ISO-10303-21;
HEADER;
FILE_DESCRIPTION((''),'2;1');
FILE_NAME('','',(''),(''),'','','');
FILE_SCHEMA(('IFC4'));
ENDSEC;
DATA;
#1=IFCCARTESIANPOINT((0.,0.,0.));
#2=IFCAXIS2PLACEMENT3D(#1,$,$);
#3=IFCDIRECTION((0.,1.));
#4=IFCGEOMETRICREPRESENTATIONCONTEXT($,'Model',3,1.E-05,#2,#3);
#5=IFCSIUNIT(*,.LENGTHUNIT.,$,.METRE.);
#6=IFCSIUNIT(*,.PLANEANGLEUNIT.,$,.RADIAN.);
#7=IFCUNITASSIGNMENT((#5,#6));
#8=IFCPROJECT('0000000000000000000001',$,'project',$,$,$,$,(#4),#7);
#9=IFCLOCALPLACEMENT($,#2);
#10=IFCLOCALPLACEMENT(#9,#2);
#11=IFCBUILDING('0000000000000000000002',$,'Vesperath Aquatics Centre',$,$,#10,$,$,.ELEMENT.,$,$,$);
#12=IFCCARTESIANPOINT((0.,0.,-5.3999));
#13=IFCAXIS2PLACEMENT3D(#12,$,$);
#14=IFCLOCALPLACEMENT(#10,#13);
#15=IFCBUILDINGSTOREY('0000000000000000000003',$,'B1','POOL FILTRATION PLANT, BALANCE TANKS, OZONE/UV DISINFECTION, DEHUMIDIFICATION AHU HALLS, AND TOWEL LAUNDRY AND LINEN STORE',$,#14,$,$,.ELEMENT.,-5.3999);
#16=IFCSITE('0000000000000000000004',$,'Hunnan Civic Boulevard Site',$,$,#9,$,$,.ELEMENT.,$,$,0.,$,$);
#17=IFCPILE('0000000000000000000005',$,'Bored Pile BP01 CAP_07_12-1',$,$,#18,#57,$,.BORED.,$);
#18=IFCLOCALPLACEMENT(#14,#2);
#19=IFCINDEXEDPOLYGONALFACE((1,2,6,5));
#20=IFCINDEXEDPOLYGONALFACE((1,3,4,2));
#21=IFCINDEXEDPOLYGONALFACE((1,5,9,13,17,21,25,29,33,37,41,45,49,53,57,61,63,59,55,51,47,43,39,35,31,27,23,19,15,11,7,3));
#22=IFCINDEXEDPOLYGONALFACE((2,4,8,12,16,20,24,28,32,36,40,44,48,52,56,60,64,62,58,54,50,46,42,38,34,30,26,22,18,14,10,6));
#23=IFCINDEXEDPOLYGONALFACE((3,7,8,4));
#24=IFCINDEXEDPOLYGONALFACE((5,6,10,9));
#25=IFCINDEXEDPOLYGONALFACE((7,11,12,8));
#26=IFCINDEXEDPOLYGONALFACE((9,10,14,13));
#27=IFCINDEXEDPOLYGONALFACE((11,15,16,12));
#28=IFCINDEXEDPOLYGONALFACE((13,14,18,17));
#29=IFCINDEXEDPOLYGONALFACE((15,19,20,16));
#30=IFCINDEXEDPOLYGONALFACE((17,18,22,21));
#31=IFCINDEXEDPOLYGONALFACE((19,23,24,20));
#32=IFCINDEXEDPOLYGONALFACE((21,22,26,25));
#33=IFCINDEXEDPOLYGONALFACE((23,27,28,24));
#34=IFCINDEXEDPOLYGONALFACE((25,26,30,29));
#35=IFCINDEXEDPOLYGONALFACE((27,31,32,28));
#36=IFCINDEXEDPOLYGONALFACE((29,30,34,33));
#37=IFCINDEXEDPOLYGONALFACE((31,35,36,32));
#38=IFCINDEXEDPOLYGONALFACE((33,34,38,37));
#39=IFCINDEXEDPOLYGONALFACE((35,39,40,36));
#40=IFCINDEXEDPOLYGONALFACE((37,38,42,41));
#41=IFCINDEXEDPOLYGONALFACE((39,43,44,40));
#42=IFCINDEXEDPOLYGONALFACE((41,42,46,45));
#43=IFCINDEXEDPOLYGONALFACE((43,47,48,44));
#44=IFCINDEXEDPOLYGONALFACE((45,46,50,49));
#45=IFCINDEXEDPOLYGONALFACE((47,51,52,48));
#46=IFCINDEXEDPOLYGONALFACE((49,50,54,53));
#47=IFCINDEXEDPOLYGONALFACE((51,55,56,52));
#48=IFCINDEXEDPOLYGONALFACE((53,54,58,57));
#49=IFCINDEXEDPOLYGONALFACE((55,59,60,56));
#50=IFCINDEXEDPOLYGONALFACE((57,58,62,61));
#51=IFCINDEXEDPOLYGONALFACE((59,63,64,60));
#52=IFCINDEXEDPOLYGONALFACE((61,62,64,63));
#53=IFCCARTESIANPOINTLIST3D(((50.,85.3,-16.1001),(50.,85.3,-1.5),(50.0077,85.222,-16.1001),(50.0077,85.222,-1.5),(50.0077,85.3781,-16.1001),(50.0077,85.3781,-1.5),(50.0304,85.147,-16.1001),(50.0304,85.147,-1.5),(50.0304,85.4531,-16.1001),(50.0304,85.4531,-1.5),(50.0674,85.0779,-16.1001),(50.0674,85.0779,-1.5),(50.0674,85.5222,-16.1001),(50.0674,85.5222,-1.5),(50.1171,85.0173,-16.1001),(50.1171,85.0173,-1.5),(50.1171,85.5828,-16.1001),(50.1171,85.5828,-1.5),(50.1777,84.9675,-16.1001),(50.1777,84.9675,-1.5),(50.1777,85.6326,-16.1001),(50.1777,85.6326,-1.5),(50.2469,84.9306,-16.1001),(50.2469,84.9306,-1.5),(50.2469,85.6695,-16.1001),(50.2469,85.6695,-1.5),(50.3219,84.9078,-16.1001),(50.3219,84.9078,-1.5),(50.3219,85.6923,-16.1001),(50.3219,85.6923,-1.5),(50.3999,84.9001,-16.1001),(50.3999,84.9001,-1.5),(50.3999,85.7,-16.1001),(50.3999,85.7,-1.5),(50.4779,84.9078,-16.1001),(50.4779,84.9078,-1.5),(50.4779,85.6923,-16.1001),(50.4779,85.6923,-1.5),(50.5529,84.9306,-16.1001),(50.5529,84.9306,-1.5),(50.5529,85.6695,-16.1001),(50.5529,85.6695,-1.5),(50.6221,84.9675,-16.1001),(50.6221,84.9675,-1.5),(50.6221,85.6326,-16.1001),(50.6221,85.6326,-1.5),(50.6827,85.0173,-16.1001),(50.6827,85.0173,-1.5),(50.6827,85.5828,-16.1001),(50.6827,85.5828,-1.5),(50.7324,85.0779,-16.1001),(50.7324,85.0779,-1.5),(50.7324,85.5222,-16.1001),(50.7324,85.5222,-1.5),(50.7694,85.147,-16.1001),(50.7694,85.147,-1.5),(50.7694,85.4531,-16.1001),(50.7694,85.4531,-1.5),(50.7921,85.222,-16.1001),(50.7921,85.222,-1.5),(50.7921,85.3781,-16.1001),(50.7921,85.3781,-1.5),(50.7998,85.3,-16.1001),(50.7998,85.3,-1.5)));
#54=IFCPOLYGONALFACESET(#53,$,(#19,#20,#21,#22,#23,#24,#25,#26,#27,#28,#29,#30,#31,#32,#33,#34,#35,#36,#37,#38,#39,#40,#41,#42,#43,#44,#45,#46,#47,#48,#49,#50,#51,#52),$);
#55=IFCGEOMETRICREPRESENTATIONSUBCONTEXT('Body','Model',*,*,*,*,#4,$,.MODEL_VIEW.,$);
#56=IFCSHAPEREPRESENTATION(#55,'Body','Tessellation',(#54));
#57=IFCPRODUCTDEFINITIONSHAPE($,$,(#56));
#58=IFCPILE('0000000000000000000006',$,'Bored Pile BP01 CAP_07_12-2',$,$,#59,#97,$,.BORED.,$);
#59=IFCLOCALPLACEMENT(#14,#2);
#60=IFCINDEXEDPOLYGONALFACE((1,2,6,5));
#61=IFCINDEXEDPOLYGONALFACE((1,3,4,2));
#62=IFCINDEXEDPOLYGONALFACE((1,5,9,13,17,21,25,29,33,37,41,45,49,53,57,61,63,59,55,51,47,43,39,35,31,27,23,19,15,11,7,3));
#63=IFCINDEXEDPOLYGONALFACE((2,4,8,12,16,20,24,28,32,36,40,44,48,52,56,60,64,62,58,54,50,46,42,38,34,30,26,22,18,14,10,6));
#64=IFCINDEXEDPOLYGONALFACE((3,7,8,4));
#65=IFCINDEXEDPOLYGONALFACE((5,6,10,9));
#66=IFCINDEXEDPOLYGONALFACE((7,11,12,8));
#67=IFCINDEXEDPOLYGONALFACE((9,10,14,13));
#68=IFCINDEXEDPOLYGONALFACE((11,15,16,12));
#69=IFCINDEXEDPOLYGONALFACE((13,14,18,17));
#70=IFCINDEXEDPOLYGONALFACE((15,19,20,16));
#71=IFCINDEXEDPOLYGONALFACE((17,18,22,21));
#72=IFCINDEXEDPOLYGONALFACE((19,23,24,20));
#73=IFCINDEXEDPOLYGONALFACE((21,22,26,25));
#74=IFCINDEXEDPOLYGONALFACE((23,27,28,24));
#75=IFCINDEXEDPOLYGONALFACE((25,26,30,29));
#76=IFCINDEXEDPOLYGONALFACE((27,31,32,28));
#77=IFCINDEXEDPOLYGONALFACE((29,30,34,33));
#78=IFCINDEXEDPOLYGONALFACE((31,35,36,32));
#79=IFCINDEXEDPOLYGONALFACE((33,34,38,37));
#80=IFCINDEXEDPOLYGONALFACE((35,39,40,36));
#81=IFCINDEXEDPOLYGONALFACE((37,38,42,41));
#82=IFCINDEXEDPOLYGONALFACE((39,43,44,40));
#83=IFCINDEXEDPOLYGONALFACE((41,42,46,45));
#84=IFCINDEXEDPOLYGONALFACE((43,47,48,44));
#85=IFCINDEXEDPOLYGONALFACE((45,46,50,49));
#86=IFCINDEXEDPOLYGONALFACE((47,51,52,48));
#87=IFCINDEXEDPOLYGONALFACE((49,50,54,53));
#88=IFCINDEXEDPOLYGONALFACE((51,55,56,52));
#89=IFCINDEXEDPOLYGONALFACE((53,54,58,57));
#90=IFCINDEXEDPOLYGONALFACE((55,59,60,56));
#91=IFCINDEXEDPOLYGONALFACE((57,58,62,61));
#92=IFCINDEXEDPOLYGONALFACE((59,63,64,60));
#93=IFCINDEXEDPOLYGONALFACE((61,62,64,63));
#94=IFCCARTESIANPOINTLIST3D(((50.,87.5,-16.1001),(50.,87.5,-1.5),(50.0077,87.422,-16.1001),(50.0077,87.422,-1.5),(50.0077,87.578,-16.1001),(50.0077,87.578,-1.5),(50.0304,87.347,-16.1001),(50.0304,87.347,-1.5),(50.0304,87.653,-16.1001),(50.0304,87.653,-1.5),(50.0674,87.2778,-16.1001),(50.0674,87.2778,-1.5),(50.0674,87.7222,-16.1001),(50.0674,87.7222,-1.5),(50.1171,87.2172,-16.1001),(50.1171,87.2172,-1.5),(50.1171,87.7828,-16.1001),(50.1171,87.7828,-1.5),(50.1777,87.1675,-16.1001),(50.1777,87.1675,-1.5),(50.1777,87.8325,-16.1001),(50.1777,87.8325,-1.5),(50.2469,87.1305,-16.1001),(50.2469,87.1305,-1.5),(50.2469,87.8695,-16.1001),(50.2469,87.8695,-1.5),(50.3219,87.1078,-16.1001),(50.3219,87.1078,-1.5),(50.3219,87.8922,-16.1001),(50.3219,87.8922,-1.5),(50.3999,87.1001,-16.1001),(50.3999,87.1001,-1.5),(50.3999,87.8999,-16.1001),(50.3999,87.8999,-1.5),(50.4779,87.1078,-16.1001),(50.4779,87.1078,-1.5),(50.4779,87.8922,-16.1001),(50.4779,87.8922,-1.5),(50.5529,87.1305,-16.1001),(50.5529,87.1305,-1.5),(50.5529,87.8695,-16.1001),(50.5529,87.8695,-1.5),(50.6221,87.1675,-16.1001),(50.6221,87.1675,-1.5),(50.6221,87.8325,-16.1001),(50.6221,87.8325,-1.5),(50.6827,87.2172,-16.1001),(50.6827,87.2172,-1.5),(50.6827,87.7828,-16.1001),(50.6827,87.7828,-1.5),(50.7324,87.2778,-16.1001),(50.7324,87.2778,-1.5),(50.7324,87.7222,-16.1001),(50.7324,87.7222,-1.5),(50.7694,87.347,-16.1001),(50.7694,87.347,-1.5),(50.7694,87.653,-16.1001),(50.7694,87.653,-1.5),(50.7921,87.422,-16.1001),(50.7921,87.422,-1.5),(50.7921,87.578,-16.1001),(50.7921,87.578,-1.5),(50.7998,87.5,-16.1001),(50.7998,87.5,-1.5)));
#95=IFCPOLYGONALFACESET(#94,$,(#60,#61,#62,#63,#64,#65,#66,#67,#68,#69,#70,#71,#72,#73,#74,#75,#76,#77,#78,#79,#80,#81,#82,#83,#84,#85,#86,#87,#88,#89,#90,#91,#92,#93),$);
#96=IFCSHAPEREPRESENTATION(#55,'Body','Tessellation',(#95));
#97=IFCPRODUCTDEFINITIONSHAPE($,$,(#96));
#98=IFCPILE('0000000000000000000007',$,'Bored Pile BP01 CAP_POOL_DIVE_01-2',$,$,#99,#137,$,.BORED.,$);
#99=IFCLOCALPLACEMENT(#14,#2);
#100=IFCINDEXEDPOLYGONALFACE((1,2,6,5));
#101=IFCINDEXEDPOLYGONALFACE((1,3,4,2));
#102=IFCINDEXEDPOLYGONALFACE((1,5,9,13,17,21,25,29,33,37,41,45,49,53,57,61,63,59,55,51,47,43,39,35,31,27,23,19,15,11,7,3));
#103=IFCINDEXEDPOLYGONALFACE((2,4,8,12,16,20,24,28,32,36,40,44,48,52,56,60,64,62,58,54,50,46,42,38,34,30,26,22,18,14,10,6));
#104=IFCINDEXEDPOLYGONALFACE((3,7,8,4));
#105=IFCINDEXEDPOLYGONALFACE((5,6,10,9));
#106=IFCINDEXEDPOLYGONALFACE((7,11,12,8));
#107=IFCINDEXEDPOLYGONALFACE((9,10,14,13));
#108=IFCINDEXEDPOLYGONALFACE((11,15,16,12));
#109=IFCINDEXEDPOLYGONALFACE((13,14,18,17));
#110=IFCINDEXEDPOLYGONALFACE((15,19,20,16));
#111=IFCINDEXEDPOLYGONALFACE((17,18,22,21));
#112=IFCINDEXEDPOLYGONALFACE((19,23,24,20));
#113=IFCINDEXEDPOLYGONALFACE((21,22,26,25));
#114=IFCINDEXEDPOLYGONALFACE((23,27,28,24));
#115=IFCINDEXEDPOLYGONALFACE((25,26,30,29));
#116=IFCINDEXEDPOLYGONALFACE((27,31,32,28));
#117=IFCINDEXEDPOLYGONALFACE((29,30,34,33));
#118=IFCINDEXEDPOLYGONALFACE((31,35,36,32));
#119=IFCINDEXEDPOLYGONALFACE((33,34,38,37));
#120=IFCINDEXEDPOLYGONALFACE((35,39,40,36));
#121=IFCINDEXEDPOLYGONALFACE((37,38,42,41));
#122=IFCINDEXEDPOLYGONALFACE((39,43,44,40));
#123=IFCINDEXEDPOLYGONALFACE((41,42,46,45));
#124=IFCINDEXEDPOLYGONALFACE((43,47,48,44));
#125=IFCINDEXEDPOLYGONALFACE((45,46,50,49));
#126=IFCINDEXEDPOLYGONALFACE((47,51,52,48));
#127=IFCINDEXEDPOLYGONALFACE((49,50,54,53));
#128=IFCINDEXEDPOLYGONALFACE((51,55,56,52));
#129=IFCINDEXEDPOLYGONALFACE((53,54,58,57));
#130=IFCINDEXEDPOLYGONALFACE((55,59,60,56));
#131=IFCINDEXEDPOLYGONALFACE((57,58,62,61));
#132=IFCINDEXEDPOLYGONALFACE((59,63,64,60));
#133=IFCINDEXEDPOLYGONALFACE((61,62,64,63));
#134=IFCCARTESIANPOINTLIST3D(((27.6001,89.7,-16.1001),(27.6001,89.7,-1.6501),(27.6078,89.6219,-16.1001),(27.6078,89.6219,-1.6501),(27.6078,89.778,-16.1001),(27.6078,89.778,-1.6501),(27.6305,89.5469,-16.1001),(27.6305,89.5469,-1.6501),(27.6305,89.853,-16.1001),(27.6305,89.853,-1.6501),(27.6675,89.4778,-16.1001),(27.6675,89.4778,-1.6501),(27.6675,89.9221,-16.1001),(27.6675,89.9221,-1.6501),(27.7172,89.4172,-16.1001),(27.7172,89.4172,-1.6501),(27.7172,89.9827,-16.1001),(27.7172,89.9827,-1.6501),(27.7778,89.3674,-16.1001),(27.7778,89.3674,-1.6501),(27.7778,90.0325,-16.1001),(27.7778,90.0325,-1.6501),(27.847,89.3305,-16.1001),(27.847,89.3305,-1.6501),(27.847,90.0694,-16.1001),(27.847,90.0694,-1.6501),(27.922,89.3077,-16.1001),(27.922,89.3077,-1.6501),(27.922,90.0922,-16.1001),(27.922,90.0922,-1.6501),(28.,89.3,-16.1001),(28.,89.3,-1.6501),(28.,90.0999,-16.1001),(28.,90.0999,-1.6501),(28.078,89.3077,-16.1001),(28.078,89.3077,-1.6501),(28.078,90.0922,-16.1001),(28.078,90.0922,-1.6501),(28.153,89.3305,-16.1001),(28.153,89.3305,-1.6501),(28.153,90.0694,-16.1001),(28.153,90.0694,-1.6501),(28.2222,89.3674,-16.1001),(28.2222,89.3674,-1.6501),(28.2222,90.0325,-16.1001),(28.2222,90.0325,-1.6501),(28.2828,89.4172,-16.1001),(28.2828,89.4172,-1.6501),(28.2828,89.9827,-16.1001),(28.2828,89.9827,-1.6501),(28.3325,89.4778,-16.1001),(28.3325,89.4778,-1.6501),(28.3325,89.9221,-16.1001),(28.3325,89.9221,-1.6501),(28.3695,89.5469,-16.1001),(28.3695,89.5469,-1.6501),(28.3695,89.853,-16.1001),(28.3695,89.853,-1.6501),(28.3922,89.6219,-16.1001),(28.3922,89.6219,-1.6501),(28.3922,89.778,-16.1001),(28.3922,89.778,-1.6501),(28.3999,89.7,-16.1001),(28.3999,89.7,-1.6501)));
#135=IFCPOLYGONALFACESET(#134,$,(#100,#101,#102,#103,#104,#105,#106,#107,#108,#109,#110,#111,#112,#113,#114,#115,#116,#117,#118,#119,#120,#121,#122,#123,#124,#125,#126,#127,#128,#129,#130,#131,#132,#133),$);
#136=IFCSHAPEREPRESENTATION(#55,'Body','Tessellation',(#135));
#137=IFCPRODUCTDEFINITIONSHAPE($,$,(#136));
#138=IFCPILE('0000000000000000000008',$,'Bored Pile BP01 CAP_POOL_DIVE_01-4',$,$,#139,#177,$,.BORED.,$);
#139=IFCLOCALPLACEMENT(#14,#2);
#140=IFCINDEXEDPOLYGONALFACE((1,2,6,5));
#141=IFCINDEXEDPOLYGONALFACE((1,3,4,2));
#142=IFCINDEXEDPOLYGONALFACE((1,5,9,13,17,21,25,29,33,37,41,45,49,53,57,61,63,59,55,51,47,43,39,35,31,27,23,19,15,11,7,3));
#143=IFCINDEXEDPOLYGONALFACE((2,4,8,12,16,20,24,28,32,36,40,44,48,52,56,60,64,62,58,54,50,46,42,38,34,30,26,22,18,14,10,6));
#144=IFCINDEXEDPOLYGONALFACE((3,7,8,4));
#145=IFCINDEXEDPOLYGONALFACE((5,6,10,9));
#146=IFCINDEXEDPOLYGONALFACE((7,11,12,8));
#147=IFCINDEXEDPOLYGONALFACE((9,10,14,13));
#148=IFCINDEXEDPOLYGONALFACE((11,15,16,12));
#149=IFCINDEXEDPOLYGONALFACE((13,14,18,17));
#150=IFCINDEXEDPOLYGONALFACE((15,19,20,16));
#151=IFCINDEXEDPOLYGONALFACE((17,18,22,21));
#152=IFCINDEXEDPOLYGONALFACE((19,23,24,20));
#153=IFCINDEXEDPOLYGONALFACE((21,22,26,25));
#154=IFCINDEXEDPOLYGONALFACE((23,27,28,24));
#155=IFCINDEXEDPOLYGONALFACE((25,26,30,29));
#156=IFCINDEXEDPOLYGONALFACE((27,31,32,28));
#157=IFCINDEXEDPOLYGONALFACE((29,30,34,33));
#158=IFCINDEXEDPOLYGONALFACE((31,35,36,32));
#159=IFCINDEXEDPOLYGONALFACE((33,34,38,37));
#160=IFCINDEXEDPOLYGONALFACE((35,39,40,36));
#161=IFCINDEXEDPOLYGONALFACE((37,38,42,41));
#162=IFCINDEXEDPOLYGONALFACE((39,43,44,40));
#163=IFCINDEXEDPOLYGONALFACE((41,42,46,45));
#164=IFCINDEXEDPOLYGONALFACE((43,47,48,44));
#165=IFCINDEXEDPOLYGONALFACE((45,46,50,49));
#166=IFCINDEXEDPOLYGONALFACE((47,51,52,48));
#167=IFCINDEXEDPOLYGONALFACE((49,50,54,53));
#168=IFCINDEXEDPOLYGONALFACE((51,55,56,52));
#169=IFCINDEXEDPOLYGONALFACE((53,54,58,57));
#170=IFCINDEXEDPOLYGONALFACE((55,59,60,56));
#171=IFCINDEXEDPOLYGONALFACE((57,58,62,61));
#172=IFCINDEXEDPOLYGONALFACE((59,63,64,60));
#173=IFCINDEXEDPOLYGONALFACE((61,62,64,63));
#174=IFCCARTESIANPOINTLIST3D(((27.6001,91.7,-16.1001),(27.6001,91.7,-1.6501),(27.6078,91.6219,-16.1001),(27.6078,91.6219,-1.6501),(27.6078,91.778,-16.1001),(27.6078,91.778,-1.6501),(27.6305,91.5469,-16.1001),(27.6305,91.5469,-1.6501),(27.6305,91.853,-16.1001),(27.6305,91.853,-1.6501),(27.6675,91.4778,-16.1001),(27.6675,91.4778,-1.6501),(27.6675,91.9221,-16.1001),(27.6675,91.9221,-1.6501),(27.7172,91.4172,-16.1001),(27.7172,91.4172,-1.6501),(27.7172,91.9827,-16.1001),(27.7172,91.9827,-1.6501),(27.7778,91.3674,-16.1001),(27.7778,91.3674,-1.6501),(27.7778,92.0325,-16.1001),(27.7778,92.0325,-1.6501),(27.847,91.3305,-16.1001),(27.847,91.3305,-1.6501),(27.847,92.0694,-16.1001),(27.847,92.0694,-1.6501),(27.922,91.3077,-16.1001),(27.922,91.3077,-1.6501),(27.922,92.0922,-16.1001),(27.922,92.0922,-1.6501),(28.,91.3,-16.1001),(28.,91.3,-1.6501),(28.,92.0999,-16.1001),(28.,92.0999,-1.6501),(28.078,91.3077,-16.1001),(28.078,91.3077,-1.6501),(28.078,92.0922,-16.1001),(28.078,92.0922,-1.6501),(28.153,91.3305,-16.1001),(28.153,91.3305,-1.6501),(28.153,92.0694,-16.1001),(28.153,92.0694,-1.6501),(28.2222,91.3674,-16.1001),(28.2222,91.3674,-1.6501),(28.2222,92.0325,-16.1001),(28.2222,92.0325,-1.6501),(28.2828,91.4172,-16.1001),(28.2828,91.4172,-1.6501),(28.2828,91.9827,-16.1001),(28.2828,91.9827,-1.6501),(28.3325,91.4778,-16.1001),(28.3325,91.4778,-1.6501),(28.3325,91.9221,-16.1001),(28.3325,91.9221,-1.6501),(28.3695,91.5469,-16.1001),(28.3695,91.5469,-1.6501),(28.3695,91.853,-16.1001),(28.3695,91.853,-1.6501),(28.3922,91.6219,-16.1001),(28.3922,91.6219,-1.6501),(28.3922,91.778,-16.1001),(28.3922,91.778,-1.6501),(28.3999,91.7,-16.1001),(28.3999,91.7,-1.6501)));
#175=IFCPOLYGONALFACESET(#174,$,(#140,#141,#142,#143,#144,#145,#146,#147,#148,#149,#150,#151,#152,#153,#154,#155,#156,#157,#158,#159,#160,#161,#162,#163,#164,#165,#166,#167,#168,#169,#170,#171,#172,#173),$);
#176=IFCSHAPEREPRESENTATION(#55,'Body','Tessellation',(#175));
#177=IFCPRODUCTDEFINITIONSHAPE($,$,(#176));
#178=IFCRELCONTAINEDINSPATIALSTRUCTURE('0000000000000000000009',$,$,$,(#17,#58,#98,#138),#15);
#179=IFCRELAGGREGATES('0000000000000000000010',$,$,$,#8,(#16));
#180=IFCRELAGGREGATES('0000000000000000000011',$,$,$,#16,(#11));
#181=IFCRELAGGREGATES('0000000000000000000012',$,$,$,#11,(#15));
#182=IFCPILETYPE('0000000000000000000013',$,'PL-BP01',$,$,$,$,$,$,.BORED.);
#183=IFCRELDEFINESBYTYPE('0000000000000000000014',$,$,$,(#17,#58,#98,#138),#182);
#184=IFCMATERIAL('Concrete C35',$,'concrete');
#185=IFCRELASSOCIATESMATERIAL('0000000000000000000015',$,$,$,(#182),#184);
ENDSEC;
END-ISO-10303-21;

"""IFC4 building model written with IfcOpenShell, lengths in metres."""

from ifc_helpers import new_model, si_unit, direction, frame, origin, origin_2d, place, context, subcontext, project, spatial, circle, extrude, material, material_profile, profile_set, type_object, element, save


model = new_model("IFC4")

# Units and contexts
model_context = context("Model", 3, precision=1e-05, world=origin(), true_north=direction((0.0, 1.0)))
body_context = subcontext(model_context, "Body", "Model", "MODEL_VIEW")
ifc_project = project(units=[si_unit("LENGTHUNIT", "METRE"), si_unit("PLANEANGLEUNIT", "RADIAN")], contexts=[model_context])

# Site, building, storey
site_placement = place(None, origin())
site = spatial("IfcSite", under=ifc_project, at=site_placement, Name="Hunnan Civic Boulevard Site", CompositionType="ELEMENT", RefElevation=0.0)
building_placement = place(site_placement, origin())
building = spatial("IfcBuilding", under=site, at=building_placement, Name="Vesperath Aquatics Centre", CompositionType="ELEMENT")
storey_placement = place(building_placement, frame((0.0, 0.0, -5.3999)))
storey = spatial("IfcBuildingStorey", under=building, at=storey_placement, Name="B1", Description="POOL FILTRATION PLANT, BALANCE TANKS, OZONE/UV DISINFECTION, DEHUMIDIFICATION AHU HALLS, AND TOWEL LAUNDRY AND LINEN STORE", CompositionType="ELEMENT", Elevation=-5.3999)

# Piles
ifc_material_1 = material(Name="Concrete C35", Category="concrete")
ifc_material_profile_1 = material_profile(ifc_material_1, circle(Radius=0.3999, at=origin_2d()), Name="PILE D800")
ifc_profile_set_1 = profile_set([ifc_material_profile_1], Name="Concrete C35")
pile_type = type_object("IfcPileType", Name="PL-BP01", PredefinedType="BORED", material=ifc_profile_set_1)
for number, where, z_axis, x_axis, name in (
    (1, (50.3999, 85.3, -1.5), (0.0, 0.0, -1.0), (1.0, 0.0, 0.0), "Bored Pile BP01 CAP_07_12-1"),
    (2, (50.3999, 87.5, -1.5), (0.0, 0.0, -1.0), (1.0, 0.0, 0.0), "Bored Pile BP01 CAP_07_12-2"),
):
    element("IfcPile", number, at=place(storey_placement, frame(where, z_axis=z_axis, x_axis=x_axis)), inside=storey, type_object=pile_type, Name=name, PredefinedType="BORED", context=body_context, shape_type="SweptSolid", body=[
        extrude(circle(Radius=0.3999, at=origin_2d()), origin(), (0.0, 0.0, 1.0), 14.6001),
    ])
for number, where, z_axis, x_axis, name in (
    (3, (28.0, 89.7, -1.6501), (0.0, 0.0, -1.0), (1.0, 0.0, 0.0), "Bored Pile BP01 CAP_POOL_DIVE_01-2"),
    (4, (28.0, 91.7, -1.6501), (0.0, 0.0, -1.0), (1.0, 0.0, 0.0), "Bored Pile BP01 CAP_POOL_DIVE_01-4"),
):
    element("IfcPile", number, at=place(storey_placement, frame(where, z_axis=z_axis, x_axis=x_axis)), inside=storey, type_object=pile_type, Name=name, PredefinedType="BORED", context=body_context, shape_type="SweptSolid", body=[
        extrude(circle(Radius=0.3999, at=origin_2d()), origin(), (0.0, 0.0, 1.0), 14.45),
    ])

save(model, "model.ifc")
